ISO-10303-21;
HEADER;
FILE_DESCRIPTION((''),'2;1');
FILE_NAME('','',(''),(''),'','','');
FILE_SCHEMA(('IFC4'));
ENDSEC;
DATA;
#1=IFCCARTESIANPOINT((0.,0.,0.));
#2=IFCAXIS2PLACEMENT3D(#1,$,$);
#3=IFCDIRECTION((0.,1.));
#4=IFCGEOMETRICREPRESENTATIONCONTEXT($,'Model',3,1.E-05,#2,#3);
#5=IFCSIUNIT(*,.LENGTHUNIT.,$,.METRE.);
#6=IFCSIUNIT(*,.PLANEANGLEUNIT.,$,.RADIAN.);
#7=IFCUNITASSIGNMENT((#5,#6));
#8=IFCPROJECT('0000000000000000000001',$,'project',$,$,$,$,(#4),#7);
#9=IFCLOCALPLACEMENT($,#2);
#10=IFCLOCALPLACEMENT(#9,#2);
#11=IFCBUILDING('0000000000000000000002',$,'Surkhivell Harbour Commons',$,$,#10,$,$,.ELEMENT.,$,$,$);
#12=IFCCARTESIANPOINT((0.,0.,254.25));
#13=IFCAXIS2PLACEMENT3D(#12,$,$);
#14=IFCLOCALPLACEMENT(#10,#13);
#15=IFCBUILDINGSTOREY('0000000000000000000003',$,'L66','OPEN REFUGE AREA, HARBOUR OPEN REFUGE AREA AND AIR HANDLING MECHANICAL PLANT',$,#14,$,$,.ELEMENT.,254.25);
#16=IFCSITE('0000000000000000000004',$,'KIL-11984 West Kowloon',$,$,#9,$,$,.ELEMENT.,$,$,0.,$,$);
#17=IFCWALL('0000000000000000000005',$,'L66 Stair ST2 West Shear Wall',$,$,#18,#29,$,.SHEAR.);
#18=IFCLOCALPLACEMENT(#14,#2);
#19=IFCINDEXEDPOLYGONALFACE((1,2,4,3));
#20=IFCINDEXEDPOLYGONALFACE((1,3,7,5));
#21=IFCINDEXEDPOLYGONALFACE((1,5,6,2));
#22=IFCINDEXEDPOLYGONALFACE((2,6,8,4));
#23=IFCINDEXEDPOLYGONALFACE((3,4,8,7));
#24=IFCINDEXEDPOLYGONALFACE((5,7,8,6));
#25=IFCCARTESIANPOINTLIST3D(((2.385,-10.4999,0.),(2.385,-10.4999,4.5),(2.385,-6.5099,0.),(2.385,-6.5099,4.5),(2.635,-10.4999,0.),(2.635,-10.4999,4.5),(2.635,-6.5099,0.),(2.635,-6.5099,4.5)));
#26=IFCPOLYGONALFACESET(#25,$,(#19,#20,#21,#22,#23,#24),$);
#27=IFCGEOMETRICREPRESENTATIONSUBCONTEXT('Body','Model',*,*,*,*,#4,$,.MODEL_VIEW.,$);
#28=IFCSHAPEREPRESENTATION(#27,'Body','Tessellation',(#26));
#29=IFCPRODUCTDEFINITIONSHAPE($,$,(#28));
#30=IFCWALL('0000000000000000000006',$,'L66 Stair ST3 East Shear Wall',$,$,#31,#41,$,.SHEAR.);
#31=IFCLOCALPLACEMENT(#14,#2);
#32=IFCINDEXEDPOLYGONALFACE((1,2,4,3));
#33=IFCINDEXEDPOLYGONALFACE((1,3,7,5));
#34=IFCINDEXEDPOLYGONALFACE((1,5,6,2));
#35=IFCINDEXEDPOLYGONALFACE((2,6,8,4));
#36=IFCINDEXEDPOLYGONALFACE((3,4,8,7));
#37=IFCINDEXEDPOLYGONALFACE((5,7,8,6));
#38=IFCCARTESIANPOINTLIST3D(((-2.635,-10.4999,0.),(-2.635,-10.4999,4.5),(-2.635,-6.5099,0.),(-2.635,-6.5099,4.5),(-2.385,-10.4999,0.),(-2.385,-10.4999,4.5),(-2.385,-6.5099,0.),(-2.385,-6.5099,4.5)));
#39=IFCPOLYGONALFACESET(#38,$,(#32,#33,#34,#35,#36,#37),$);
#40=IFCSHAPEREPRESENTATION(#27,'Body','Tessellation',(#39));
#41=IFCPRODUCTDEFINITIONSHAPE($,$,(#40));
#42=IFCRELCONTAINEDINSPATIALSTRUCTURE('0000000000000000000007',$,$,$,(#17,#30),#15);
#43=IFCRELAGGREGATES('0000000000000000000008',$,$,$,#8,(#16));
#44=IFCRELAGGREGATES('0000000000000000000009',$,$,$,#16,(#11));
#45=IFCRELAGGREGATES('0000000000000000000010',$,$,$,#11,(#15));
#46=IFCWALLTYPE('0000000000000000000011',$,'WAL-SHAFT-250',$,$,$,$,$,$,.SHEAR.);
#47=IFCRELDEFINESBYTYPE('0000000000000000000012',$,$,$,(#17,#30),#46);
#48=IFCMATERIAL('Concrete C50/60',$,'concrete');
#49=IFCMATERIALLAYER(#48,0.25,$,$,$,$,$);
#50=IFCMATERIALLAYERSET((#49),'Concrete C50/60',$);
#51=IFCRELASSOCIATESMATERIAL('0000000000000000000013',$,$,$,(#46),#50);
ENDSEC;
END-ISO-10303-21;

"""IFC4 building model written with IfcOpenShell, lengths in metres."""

from ifc_helpers import new_model, si_unit, direction, frame, frame_2d, origin, place, context, subcontext, project, spatial, rectangle, extrude, material, layer, layer_set, type_object, element, save


model = new_model("IFC4")

# Units and contexts
model_context = context("Model", 3, precision=1e-05, world=origin(), true_north=direction((0.0, 1.0)))
body_context = subcontext(model_context, "Body", "Model", "MODEL_VIEW")
ifc_project = project(units=[si_unit("LENGTHUNIT", "METRE"), si_unit("PLANEANGLEUNIT", "RADIAN")], contexts=[model_context])

# Site, building, storey
site_placement = place(None, origin())
site = spatial("IfcSite", under=ifc_project, at=site_placement, Name="KIL-11984 West Kowloon", CompositionType="ELEMENT", RefElevation=0.0)
building_placement = place(site_placement, origin())
building = spatial("IfcBuilding", under=site, at=building_placement, Name="Surkhivell Harbour Commons", CompositionType="ELEMENT")
storey_placement = place(building_placement, frame((0.0, 0.0, 254.25)))
storey = spatial("IfcBuildingStorey", under=building, at=storey_placement, Name="L66", Description="OPEN REFUGE AREA, HARBOUR OPEN REFUGE AREA AND AIR HANDLING MECHANICAL PLANT", CompositionType="ELEMENT", Elevation=254.25)

# Shared definitions
ifc_material_1 = material(Name="Concrete C50/60", Category="concrete")

# Walls
ifc_layer_1 = layer(ifc_material_1, 0.25)
ifc_layer_set_1 = layer_set([ifc_layer_1], Name="Concrete C50/60")
wall_type_1 = type_object("IfcWallType", Name="WAL-SHAFT-250", PredefinedType="SHEAR", material=ifc_layer_set_1)
for number, where, z_axis, x_axis, name in (
    (1, (2.51, -10.5, 0.0), (0.0, 0.0, 1.0), (0.0, 1.0, 0.0), "L66 Stair ST2 West Shear Wall"),
    (2, (-2.51, -10.5, 0.0), (0.0, 0.0, 1.0), (0.0, 1.0, 0.0), "L66 Stair ST3 East Shear Wall"),
):
    element("IfcWall", number, at=place(storey_placement, frame(where, z_axis=z_axis, x_axis=x_axis)), inside=storey, type_object=wall_type_1, Name=name, PredefinedType="SHEAR", context=body_context, shape_type="SweptSolid", body=[
        extrude(rectangle(XDim=3.99, YDim=0.25, at=frame_2d((1.9951, 0.0))), origin(), (0.0, 0.0, 1.0), 4.5),
    ])

save(model, "model.ifc")
